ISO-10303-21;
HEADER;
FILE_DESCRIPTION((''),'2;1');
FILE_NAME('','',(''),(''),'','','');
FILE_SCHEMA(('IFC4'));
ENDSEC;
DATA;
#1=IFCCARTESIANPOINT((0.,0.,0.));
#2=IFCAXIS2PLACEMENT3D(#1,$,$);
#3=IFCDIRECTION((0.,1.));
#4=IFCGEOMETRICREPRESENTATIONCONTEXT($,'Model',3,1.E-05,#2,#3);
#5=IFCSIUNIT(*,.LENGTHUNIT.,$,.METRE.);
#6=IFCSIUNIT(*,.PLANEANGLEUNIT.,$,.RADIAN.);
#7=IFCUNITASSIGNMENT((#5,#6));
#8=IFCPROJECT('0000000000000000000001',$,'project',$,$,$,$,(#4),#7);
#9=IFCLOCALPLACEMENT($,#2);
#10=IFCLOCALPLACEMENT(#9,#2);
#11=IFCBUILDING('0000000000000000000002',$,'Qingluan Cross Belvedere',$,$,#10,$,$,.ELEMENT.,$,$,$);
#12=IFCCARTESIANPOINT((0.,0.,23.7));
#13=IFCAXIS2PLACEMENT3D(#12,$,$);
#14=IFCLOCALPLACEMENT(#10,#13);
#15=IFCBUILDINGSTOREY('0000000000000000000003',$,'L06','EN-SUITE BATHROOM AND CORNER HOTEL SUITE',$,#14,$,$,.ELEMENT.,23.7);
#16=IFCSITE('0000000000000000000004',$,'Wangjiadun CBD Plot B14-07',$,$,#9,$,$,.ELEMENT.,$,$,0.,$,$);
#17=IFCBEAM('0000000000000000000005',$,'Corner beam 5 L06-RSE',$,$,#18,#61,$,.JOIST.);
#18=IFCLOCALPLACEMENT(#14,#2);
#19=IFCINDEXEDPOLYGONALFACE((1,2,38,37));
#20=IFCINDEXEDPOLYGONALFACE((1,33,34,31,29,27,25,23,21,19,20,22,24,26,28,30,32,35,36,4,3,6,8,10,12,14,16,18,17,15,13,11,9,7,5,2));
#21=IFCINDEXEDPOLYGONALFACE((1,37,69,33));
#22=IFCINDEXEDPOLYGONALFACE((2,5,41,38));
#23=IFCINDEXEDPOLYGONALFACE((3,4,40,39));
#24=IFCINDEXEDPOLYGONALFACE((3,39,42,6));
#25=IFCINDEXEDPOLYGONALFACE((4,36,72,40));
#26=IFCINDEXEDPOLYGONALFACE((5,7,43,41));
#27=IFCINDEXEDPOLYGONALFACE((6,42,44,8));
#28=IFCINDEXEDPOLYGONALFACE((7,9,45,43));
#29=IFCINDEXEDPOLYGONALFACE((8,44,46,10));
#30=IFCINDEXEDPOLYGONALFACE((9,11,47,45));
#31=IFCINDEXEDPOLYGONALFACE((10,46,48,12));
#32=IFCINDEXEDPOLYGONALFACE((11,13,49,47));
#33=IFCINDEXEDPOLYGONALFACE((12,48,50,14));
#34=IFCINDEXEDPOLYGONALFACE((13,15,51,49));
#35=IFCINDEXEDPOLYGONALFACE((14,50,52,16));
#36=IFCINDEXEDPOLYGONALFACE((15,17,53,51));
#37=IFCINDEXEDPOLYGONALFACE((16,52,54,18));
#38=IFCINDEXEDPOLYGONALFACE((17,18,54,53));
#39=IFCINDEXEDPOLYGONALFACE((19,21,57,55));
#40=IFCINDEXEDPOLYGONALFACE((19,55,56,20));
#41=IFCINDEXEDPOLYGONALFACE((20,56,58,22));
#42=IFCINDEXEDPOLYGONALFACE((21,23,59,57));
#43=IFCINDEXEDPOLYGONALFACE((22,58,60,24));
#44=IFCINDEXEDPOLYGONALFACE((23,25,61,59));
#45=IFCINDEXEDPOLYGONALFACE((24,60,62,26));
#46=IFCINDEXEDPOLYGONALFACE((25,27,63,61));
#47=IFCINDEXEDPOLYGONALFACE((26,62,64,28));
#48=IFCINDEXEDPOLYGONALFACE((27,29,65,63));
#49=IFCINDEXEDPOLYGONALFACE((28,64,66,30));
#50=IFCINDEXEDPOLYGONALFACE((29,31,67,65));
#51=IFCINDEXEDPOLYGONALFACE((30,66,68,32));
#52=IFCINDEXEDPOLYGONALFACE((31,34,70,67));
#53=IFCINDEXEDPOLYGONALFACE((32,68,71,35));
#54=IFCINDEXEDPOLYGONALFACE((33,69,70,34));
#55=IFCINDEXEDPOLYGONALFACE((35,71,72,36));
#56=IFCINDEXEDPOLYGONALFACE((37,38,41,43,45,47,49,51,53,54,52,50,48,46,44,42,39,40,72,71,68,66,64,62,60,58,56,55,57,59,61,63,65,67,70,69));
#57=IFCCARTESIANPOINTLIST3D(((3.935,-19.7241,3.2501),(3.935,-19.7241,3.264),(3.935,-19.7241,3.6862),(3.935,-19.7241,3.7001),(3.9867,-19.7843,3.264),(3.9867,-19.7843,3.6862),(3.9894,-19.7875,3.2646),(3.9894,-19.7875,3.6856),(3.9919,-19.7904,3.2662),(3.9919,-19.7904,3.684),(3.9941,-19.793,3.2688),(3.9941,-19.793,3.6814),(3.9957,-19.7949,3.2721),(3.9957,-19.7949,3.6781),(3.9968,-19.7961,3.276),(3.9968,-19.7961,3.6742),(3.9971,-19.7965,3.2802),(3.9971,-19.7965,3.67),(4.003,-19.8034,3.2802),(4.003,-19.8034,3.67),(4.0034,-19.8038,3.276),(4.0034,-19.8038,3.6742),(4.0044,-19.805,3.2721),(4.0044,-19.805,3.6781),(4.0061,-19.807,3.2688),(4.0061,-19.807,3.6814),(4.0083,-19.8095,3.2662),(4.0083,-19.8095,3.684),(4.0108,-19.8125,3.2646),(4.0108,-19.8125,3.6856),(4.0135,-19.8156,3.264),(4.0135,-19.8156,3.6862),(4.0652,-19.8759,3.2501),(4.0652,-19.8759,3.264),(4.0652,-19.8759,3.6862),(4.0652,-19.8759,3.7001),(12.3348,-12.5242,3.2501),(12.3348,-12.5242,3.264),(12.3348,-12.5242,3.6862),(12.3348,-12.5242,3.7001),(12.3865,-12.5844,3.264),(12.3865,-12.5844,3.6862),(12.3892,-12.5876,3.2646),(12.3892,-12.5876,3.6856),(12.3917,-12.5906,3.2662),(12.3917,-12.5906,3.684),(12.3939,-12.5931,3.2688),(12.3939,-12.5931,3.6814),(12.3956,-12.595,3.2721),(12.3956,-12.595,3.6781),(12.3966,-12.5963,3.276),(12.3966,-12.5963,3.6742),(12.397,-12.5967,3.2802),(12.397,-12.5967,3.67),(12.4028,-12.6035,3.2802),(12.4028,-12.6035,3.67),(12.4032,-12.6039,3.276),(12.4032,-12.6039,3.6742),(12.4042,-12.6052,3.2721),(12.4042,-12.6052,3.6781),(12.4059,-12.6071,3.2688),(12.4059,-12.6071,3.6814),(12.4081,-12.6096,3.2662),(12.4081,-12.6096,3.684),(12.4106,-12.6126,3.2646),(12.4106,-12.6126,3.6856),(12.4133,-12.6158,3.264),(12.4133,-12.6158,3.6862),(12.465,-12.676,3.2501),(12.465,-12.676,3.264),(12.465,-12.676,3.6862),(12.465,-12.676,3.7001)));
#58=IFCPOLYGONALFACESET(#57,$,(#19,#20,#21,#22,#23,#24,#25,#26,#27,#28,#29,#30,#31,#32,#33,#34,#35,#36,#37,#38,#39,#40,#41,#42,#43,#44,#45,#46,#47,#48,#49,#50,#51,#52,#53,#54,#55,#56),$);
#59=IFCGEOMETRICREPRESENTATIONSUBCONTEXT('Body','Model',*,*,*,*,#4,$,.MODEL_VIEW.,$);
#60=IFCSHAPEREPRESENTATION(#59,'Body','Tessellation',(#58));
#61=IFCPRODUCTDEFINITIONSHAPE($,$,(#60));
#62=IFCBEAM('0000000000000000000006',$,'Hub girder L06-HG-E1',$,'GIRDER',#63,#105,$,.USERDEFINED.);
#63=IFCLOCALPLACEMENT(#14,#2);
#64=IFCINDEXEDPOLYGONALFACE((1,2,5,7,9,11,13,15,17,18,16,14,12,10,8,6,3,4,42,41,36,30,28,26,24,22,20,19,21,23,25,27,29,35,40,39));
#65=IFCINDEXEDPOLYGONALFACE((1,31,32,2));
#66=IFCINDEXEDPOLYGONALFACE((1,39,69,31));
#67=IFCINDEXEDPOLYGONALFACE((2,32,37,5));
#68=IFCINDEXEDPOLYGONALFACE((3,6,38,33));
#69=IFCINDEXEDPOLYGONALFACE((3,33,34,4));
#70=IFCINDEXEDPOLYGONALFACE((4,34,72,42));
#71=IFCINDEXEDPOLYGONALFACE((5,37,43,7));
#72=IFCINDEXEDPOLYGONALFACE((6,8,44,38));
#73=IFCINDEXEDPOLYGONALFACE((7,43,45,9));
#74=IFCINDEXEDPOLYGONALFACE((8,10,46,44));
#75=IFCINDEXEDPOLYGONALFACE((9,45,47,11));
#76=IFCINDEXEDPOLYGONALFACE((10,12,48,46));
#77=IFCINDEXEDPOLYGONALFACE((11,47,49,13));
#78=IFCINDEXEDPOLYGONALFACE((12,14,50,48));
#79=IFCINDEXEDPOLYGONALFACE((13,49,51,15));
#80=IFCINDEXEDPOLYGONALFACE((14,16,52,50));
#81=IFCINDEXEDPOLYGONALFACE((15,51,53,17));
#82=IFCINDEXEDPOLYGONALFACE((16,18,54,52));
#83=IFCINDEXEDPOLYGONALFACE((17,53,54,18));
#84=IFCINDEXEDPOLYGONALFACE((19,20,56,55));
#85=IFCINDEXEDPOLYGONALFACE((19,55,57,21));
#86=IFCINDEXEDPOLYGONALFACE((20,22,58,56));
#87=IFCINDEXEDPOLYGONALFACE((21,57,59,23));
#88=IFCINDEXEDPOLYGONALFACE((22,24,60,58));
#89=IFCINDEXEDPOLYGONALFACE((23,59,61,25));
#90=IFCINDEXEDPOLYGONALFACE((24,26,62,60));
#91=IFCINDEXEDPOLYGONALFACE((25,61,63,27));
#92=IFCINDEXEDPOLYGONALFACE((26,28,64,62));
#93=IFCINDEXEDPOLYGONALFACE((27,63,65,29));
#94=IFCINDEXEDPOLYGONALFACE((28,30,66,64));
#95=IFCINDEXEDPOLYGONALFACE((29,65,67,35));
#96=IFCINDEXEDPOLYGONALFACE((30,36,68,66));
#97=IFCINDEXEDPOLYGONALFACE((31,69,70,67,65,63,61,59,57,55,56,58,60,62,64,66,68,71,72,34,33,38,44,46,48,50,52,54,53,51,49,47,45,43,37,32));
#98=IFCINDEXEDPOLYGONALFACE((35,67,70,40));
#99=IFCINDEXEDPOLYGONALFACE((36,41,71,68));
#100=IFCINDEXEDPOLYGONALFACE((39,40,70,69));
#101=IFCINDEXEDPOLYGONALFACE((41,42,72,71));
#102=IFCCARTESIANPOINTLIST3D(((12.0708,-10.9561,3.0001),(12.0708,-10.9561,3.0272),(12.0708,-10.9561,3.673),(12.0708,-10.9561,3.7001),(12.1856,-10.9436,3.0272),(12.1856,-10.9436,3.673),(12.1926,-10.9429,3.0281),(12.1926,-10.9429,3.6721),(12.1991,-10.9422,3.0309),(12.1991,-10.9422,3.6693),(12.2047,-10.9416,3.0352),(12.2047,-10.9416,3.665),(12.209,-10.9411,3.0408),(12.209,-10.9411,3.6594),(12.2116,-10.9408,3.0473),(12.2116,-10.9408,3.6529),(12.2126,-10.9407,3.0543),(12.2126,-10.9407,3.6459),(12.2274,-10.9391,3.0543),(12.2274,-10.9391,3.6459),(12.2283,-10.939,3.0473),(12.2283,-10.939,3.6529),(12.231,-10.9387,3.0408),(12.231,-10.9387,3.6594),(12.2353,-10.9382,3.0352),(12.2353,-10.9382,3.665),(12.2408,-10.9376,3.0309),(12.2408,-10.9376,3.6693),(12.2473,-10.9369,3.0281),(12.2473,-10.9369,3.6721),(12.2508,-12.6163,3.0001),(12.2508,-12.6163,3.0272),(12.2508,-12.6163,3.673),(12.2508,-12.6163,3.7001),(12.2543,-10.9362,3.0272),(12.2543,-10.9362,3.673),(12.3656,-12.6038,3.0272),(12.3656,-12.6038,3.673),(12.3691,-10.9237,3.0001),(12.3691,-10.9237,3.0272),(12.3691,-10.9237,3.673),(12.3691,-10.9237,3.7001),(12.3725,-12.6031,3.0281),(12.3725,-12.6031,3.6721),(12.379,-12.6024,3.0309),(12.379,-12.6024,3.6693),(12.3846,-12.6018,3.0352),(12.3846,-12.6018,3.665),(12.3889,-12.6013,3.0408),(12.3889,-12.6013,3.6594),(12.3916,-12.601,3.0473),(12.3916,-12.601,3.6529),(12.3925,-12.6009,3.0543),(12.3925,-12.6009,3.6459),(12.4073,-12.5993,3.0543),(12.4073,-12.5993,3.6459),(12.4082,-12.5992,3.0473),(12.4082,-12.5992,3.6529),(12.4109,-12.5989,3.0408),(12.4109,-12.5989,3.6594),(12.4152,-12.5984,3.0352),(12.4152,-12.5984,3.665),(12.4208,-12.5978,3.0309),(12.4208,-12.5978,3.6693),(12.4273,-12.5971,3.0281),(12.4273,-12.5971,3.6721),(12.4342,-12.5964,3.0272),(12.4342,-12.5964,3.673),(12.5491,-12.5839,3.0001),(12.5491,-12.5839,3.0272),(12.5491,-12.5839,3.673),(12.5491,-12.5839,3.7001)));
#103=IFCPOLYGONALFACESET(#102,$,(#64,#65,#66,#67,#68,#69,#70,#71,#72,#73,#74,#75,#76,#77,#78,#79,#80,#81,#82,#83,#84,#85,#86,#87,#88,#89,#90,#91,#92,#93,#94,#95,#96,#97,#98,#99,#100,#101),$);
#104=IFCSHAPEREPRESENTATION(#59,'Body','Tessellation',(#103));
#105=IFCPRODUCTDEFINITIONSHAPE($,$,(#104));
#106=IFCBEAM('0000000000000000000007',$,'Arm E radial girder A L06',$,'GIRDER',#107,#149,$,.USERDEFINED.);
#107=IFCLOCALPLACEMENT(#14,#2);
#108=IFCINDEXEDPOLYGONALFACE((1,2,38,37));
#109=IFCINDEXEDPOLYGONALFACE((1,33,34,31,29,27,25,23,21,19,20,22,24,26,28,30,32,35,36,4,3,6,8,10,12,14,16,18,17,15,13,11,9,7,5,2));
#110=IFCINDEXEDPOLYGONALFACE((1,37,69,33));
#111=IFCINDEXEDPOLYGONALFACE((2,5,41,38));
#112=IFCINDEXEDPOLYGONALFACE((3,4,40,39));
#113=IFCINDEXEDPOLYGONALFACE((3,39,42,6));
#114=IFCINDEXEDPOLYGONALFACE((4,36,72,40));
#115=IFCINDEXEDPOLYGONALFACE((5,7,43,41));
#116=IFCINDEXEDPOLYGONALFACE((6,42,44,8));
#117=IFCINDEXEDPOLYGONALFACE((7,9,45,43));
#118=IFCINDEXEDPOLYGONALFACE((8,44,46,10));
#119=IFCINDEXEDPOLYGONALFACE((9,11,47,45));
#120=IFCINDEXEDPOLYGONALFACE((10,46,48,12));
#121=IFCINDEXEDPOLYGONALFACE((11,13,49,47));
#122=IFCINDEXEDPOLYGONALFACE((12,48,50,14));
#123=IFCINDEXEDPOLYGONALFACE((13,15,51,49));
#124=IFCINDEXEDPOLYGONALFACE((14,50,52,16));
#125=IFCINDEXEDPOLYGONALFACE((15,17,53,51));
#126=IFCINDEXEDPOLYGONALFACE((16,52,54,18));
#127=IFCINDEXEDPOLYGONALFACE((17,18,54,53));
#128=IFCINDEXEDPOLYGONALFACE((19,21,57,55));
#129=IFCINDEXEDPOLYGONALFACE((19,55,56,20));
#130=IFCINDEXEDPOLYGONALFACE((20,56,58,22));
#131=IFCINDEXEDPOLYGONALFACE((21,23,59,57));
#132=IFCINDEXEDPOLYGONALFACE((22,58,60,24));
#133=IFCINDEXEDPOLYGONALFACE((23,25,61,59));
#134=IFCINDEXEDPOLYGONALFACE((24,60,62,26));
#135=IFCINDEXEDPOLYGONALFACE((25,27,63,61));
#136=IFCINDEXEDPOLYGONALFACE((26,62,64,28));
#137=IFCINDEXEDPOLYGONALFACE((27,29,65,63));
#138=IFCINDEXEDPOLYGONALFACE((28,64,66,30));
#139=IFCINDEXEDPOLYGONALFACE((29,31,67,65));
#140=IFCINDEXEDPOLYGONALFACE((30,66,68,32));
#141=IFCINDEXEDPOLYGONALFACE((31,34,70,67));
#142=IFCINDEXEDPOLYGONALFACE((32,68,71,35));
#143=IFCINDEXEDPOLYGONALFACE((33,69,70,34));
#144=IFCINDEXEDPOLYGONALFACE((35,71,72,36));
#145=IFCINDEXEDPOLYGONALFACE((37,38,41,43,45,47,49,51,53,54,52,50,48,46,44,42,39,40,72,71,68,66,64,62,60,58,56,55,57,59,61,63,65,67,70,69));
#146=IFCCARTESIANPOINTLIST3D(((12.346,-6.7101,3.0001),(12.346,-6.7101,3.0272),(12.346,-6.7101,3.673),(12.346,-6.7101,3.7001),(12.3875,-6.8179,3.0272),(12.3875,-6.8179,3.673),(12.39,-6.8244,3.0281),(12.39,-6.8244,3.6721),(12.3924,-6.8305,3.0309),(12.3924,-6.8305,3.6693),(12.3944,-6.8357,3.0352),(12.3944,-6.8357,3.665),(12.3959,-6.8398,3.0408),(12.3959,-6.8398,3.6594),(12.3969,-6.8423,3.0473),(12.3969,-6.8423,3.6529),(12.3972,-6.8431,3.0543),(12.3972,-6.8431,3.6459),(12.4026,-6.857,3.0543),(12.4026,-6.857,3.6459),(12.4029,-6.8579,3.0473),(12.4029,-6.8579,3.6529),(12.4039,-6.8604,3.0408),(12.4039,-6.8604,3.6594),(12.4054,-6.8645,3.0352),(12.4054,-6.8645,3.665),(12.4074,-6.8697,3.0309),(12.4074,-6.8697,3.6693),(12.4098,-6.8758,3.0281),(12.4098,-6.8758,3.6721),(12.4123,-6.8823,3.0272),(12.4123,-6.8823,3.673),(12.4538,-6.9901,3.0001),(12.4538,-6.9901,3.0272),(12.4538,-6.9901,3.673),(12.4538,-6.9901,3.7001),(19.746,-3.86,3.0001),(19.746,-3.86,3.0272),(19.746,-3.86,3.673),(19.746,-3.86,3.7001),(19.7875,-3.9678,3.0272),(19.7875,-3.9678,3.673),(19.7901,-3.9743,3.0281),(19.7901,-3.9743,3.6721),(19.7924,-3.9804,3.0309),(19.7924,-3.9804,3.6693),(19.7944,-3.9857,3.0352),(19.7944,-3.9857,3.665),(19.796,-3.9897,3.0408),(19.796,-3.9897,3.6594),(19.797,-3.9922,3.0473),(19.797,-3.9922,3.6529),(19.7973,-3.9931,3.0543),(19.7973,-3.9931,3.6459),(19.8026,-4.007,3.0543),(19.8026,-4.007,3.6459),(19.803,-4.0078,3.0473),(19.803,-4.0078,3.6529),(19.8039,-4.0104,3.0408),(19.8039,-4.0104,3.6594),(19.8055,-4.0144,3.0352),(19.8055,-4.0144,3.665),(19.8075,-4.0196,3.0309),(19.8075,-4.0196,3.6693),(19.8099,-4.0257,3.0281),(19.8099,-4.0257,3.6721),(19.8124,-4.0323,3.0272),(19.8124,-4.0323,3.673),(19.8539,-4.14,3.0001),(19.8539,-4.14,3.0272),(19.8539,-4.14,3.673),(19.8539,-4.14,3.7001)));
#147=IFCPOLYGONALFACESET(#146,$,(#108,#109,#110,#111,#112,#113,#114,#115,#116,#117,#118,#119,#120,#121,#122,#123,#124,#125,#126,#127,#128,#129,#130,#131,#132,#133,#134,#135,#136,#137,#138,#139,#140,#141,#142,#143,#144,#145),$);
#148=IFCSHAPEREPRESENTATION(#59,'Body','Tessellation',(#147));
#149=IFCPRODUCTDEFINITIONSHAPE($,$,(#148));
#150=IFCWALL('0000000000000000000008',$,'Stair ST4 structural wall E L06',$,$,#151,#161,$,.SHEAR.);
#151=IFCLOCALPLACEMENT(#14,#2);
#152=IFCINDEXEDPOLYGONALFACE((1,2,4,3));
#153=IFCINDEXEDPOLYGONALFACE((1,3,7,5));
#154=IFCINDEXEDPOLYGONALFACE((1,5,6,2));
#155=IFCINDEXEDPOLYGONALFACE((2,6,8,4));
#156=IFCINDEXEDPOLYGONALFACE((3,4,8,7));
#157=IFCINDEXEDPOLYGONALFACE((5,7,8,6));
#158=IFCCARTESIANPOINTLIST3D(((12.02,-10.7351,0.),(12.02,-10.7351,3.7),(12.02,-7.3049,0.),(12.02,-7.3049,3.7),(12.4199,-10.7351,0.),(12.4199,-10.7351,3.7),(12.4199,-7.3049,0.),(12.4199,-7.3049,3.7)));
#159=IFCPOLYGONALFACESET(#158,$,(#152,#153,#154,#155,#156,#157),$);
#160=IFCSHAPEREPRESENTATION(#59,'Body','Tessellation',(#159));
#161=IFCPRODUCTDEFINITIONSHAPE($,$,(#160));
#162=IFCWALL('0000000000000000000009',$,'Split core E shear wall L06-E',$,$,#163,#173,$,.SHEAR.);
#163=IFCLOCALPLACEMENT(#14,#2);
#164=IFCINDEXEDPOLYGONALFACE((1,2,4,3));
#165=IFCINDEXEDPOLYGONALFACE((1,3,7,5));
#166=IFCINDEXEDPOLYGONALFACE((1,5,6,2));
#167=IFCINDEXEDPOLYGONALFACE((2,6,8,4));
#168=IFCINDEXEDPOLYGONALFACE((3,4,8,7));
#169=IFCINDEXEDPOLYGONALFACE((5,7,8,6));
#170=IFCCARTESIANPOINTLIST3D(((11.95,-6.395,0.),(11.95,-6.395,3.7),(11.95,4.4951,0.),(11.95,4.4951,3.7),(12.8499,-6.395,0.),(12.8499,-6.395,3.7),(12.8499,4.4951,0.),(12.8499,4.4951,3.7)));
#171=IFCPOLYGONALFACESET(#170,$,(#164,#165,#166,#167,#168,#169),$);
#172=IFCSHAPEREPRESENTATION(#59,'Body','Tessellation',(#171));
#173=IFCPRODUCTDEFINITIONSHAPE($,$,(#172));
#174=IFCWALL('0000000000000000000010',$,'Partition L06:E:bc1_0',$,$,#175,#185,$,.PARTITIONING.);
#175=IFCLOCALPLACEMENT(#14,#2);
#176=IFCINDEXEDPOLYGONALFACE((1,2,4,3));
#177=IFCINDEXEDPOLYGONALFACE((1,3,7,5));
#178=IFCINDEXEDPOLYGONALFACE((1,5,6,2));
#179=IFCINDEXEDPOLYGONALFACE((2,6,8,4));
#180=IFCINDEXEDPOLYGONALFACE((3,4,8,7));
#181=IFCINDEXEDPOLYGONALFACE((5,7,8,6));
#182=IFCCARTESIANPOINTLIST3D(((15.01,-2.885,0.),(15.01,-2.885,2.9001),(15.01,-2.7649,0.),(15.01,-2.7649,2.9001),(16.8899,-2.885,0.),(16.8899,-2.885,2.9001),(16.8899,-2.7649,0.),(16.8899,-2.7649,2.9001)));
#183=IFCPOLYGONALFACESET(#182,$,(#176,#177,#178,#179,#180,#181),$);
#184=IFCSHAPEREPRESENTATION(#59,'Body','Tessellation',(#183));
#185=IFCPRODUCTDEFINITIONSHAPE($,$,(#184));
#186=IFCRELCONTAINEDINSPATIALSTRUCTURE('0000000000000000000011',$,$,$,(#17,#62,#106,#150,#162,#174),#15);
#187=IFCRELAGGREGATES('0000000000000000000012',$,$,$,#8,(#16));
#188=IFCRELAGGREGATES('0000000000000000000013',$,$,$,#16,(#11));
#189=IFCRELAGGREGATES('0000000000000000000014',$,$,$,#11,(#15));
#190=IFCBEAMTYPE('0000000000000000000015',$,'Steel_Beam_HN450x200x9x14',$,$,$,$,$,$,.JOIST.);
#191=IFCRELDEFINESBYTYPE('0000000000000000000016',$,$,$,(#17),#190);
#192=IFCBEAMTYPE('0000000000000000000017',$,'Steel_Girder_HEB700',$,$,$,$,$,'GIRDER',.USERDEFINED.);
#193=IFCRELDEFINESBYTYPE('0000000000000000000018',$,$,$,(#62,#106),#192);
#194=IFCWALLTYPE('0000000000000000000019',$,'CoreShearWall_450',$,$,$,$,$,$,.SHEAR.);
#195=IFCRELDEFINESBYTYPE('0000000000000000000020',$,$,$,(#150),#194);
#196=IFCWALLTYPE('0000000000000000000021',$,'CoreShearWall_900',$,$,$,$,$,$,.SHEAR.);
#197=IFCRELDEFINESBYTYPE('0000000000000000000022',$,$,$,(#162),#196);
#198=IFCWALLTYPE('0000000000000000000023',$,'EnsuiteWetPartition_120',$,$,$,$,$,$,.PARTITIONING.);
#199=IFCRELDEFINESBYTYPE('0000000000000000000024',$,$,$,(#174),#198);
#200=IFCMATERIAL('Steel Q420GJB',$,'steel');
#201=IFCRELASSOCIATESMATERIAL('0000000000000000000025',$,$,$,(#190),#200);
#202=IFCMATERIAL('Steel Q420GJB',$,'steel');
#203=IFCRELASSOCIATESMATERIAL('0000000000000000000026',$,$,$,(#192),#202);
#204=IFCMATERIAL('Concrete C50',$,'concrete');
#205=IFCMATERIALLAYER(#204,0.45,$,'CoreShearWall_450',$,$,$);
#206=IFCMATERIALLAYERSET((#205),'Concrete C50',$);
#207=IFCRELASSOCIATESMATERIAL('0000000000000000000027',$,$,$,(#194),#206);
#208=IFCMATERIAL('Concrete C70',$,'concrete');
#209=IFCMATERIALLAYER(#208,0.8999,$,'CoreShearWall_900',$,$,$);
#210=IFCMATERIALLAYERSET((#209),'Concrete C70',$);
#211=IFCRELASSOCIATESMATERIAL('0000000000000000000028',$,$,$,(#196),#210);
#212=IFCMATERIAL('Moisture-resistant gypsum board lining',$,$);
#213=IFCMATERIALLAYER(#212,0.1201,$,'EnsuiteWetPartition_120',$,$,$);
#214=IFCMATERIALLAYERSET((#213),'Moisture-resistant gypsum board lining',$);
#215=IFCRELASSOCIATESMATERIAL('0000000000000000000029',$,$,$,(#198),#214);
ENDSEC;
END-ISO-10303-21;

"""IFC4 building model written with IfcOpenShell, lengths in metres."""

from ifc_helpers import new_model, si_unit, direction, frame, frame_2d, origin, origin_2d, place, context, subcontext, project, spatial, rectangle, i_section, extrude, material, layer, layer_set, material_profile, profile_set, type_object, element, save


model = new_model("IFC4")

# Units and contexts
model_context = context("Model", 3, precision=1e-05, world=origin(), true_north=direction((0.0, 1.0)))
body_context = subcontext(model_context, "Body", "Model", "MODEL_VIEW")
ifc_project = project(units=[si_unit("LENGTHUNIT", "METRE"), si_unit("PLANEANGLEUNIT", "RADIAN")], contexts=[model_context])

# Site, building, storey
site_placement = place(None, origin())
site = spatial("IfcSite", under=ifc_project, at=site_placement, Name="Wangjiadun CBD Plot B14-07", CompositionType="ELEMENT", RefElevation=0.0)
building_placement = place(site_placement, origin())
building = spatial("IfcBuilding", under=site, at=building_placement, Name="Qingluan Cross Belvedere", CompositionType="ELEMENT")
storey_placement = place(building_placement, frame((0.0, 0.0, 23.7)))
storey = spatial("IfcBuildingStorey", under=building, at=storey_placement, Name="L06", Description="EN-SUITE BATHROOM AND CORNER HOTEL SUITE", CompositionType="ELEMENT", Elevation=23.7)

# Beams
ifc_material_1 = material(Name="Steel Q420GJB", Category="steel")
ifc_material_profile_1 = material_profile(ifc_material_1, i_section(OverallWidth=0.2, OverallDepth=0.45, WebThickness=0.009, FlangeThickness=0.0139, FilletRadius=0.0161, at=origin_2d()), Name="HN450x200x9x14")
ifc_profile_set_1 = profile_set([ifc_material_profile_1], Name="Steel Q420GJB")
beam_type_1 = type_object("IfcBeamType", Name="Steel_Beam_HN450x200x9x14", PredefinedType="JOIST", material=ifc_profile_set_1)
beam_1_placement = place(storey_placement, frame((12.3999, -12.6001, 3.4751), z_axis=(-0.759255, -0.650793, 0.0), x_axis=(0.650793, -0.759255, 0.0)))
element("IfcBeam", 1, at=beam_1_placement, inside=storey, type_object=beam_type_1, Name="Corner beam 5 L06-RSE", PredefinedType="JOIST", context=body_context, shape_type="SweptSolid", body=[
    extrude(i_section(OverallWidth=0.2, OverallDepth=0.45, WebThickness=0.009, FlangeThickness=0.0139, FilletRadius=0.0161, at=origin_2d()), origin(), (0.0, 0.0, 1.0), 11.0632),
])
ifc_material_2 = material(Name="Steel Q420GJB", Category="steel")
ifc_material_profile_2 = material_profile(ifc_material_2, i_section(OverallWidth=0.3, OverallDepth=0.7, WebThickness=0.0149, FlangeThickness=0.0271, FilletRadius=0.0271, at=origin_2d()), Name="HEB700")
ifc_profile_set_2 = profile_set([ifc_material_profile_2], Name="Steel Q420GJB")
beam_type_2 = type_object("IfcBeamType", Name="Steel_Girder_HEB700", ElementType="GIRDER", PredefinedType="USERDEFINED", material=ifc_profile_set_2)
beam_2_placement = place(storey_placement, frame((12.3999, -12.6001, 3.3501), z_axis=(-0.107751, 0.994178, 0.0), x_axis=(-0.994178, -0.107751, 0.0)))
element("IfcBeam", 2, at=beam_2_placement, inside=storey, type_object=beam_type_2, Name="Hub girder L06-HG-E1", ObjectType="GIRDER", PredefinedType="USERDEFINED", context=body_context, shape_type="SweptSolid", body=[
    extrude(i_section(OverallWidth=0.3, OverallDepth=0.7, WebThickness=0.0149, FlangeThickness=0.0271, FilletRadius=0.0271, at=origin_2d()), origin(), (0.0, 0.0, 1.0), 1.6699),
])
beam_3_placement = place(storey_placement, frame((12.3999, -6.8501, 3.3501), z_axis=(0.933181, 0.359406, 0.0), x_axis=(-0.359406, 0.933181, 0.0)))
element("IfcBeam", 3, at=beam_3_placement, inside=storey, type_object=beam_type_2, Name="Arm E radial girder A L06", ObjectType="GIRDER", PredefinedType="USERDEFINED", context=body_context, shape_type="SweptSolid", body=[
    extrude(i_section(OverallWidth=0.3, OverallDepth=0.7, WebThickness=0.0149, FlangeThickness=0.0271, FilletRadius=0.0271, at=origin_2d()), origin(), (0.0, 0.0, 1.0), 7.9299),
])

# Walls
ifc_material_3 = material(Name="Concrete C50", Category="concrete")
ifc_layer_1 = layer(ifc_material_3, 0.45, Name="CoreShearWall_450")
ifc_layer_set_1 = layer_set([ifc_layer_1], Name="Concrete C50")
wall_type_1 = type_object("IfcWallType", Name="CoreShearWall_450", PredefinedType="SHEAR", material=ifc_layer_set_1)
wall_1_placement = place(storey_placement, frame((12.22, -10.7351, 0.0), z_axis=(0.0, 0.0, 1.0), x_axis=(0.0, 1.0, 0.0)))
element("IfcWall", 4, at=wall_1_placement, inside=storey, type_object=wall_type_1, Name="Stair ST4 structural wall E L06", PredefinedType="SHEAR", context=body_context, shape_type="SweptSolid", body=[
    extrude(rectangle(XDim=3.4302, YDim=0.3999, at=frame_2d((1.7151, 0.0))), origin(), (0.0, 0.0, 1.0), 3.7),
])
ifc_material_4 = material(Name="Concrete C70", Category="concrete")
ifc_layer_2 = layer(ifc_material_4, 0.8999, Name="CoreShearWall_900")
ifc_layer_set_2 = layer_set([ifc_layer_2], Name="Concrete C70")
wall_type_2 = type_object("IfcWallType", Name="CoreShearWall_900", PredefinedType="SHEAR", material=ifc_layer_set_2)
wall_2_placement = place(storey_placement, frame((12.3999, -6.395, 0.0), z_axis=(0.0, 0.0, 1.0), x_axis=(0.0, 1.0, 0.0)))
element("IfcWall", 5, at=wall_2_placement, inside=storey, type_object=wall_type_2, Name="Split core E shear wall L06-E", PredefinedType="SHEAR", context=body_context, shape_type="SweptSolid", body=[
    extrude(rectangle(XDim=10.8901, YDim=0.8999, at=frame_2d((5.4451, 0.0))), origin(), (0.0, 0.0, 1.0), 3.7),
])
ifc_material_5 = material(Name="Moisture-resistant gypsum board lining")
ifc_layer_3 = layer(ifc_material_5, 0.1201, Name="EnsuiteWetPartition_120")
ifc_layer_set_3 = layer_set([ifc_layer_3], Name="Moisture-resistant gypsum board lining")
wall_type_3 = type_object("IfcWallType", Name="EnsuiteWetPartition_120", PredefinedType="PARTITIONING", material=ifc_layer_set_3)
wall_3_placement = place(storey_placement, frame((15.01, -2.825, 0.0), z_axis=(0.0, 0.0, 1.0), x_axis=(1.0, 0.0, 0.0)))
element("IfcWall", 6, at=wall_3_placement, inside=storey, type_object=wall_type_3, Name="Partition L06:E:bc1_0", PredefinedType="PARTITIONING", context=body_context, shape_type="SweptSolid", body=[
    extrude(rectangle(XDim=1.8799, YDim=0.1201, at=frame_2d((0.9399, 0.0))), origin(), (0.0, 0.0, 1.0), 2.9001),
])

save(model, "model.ifc")
